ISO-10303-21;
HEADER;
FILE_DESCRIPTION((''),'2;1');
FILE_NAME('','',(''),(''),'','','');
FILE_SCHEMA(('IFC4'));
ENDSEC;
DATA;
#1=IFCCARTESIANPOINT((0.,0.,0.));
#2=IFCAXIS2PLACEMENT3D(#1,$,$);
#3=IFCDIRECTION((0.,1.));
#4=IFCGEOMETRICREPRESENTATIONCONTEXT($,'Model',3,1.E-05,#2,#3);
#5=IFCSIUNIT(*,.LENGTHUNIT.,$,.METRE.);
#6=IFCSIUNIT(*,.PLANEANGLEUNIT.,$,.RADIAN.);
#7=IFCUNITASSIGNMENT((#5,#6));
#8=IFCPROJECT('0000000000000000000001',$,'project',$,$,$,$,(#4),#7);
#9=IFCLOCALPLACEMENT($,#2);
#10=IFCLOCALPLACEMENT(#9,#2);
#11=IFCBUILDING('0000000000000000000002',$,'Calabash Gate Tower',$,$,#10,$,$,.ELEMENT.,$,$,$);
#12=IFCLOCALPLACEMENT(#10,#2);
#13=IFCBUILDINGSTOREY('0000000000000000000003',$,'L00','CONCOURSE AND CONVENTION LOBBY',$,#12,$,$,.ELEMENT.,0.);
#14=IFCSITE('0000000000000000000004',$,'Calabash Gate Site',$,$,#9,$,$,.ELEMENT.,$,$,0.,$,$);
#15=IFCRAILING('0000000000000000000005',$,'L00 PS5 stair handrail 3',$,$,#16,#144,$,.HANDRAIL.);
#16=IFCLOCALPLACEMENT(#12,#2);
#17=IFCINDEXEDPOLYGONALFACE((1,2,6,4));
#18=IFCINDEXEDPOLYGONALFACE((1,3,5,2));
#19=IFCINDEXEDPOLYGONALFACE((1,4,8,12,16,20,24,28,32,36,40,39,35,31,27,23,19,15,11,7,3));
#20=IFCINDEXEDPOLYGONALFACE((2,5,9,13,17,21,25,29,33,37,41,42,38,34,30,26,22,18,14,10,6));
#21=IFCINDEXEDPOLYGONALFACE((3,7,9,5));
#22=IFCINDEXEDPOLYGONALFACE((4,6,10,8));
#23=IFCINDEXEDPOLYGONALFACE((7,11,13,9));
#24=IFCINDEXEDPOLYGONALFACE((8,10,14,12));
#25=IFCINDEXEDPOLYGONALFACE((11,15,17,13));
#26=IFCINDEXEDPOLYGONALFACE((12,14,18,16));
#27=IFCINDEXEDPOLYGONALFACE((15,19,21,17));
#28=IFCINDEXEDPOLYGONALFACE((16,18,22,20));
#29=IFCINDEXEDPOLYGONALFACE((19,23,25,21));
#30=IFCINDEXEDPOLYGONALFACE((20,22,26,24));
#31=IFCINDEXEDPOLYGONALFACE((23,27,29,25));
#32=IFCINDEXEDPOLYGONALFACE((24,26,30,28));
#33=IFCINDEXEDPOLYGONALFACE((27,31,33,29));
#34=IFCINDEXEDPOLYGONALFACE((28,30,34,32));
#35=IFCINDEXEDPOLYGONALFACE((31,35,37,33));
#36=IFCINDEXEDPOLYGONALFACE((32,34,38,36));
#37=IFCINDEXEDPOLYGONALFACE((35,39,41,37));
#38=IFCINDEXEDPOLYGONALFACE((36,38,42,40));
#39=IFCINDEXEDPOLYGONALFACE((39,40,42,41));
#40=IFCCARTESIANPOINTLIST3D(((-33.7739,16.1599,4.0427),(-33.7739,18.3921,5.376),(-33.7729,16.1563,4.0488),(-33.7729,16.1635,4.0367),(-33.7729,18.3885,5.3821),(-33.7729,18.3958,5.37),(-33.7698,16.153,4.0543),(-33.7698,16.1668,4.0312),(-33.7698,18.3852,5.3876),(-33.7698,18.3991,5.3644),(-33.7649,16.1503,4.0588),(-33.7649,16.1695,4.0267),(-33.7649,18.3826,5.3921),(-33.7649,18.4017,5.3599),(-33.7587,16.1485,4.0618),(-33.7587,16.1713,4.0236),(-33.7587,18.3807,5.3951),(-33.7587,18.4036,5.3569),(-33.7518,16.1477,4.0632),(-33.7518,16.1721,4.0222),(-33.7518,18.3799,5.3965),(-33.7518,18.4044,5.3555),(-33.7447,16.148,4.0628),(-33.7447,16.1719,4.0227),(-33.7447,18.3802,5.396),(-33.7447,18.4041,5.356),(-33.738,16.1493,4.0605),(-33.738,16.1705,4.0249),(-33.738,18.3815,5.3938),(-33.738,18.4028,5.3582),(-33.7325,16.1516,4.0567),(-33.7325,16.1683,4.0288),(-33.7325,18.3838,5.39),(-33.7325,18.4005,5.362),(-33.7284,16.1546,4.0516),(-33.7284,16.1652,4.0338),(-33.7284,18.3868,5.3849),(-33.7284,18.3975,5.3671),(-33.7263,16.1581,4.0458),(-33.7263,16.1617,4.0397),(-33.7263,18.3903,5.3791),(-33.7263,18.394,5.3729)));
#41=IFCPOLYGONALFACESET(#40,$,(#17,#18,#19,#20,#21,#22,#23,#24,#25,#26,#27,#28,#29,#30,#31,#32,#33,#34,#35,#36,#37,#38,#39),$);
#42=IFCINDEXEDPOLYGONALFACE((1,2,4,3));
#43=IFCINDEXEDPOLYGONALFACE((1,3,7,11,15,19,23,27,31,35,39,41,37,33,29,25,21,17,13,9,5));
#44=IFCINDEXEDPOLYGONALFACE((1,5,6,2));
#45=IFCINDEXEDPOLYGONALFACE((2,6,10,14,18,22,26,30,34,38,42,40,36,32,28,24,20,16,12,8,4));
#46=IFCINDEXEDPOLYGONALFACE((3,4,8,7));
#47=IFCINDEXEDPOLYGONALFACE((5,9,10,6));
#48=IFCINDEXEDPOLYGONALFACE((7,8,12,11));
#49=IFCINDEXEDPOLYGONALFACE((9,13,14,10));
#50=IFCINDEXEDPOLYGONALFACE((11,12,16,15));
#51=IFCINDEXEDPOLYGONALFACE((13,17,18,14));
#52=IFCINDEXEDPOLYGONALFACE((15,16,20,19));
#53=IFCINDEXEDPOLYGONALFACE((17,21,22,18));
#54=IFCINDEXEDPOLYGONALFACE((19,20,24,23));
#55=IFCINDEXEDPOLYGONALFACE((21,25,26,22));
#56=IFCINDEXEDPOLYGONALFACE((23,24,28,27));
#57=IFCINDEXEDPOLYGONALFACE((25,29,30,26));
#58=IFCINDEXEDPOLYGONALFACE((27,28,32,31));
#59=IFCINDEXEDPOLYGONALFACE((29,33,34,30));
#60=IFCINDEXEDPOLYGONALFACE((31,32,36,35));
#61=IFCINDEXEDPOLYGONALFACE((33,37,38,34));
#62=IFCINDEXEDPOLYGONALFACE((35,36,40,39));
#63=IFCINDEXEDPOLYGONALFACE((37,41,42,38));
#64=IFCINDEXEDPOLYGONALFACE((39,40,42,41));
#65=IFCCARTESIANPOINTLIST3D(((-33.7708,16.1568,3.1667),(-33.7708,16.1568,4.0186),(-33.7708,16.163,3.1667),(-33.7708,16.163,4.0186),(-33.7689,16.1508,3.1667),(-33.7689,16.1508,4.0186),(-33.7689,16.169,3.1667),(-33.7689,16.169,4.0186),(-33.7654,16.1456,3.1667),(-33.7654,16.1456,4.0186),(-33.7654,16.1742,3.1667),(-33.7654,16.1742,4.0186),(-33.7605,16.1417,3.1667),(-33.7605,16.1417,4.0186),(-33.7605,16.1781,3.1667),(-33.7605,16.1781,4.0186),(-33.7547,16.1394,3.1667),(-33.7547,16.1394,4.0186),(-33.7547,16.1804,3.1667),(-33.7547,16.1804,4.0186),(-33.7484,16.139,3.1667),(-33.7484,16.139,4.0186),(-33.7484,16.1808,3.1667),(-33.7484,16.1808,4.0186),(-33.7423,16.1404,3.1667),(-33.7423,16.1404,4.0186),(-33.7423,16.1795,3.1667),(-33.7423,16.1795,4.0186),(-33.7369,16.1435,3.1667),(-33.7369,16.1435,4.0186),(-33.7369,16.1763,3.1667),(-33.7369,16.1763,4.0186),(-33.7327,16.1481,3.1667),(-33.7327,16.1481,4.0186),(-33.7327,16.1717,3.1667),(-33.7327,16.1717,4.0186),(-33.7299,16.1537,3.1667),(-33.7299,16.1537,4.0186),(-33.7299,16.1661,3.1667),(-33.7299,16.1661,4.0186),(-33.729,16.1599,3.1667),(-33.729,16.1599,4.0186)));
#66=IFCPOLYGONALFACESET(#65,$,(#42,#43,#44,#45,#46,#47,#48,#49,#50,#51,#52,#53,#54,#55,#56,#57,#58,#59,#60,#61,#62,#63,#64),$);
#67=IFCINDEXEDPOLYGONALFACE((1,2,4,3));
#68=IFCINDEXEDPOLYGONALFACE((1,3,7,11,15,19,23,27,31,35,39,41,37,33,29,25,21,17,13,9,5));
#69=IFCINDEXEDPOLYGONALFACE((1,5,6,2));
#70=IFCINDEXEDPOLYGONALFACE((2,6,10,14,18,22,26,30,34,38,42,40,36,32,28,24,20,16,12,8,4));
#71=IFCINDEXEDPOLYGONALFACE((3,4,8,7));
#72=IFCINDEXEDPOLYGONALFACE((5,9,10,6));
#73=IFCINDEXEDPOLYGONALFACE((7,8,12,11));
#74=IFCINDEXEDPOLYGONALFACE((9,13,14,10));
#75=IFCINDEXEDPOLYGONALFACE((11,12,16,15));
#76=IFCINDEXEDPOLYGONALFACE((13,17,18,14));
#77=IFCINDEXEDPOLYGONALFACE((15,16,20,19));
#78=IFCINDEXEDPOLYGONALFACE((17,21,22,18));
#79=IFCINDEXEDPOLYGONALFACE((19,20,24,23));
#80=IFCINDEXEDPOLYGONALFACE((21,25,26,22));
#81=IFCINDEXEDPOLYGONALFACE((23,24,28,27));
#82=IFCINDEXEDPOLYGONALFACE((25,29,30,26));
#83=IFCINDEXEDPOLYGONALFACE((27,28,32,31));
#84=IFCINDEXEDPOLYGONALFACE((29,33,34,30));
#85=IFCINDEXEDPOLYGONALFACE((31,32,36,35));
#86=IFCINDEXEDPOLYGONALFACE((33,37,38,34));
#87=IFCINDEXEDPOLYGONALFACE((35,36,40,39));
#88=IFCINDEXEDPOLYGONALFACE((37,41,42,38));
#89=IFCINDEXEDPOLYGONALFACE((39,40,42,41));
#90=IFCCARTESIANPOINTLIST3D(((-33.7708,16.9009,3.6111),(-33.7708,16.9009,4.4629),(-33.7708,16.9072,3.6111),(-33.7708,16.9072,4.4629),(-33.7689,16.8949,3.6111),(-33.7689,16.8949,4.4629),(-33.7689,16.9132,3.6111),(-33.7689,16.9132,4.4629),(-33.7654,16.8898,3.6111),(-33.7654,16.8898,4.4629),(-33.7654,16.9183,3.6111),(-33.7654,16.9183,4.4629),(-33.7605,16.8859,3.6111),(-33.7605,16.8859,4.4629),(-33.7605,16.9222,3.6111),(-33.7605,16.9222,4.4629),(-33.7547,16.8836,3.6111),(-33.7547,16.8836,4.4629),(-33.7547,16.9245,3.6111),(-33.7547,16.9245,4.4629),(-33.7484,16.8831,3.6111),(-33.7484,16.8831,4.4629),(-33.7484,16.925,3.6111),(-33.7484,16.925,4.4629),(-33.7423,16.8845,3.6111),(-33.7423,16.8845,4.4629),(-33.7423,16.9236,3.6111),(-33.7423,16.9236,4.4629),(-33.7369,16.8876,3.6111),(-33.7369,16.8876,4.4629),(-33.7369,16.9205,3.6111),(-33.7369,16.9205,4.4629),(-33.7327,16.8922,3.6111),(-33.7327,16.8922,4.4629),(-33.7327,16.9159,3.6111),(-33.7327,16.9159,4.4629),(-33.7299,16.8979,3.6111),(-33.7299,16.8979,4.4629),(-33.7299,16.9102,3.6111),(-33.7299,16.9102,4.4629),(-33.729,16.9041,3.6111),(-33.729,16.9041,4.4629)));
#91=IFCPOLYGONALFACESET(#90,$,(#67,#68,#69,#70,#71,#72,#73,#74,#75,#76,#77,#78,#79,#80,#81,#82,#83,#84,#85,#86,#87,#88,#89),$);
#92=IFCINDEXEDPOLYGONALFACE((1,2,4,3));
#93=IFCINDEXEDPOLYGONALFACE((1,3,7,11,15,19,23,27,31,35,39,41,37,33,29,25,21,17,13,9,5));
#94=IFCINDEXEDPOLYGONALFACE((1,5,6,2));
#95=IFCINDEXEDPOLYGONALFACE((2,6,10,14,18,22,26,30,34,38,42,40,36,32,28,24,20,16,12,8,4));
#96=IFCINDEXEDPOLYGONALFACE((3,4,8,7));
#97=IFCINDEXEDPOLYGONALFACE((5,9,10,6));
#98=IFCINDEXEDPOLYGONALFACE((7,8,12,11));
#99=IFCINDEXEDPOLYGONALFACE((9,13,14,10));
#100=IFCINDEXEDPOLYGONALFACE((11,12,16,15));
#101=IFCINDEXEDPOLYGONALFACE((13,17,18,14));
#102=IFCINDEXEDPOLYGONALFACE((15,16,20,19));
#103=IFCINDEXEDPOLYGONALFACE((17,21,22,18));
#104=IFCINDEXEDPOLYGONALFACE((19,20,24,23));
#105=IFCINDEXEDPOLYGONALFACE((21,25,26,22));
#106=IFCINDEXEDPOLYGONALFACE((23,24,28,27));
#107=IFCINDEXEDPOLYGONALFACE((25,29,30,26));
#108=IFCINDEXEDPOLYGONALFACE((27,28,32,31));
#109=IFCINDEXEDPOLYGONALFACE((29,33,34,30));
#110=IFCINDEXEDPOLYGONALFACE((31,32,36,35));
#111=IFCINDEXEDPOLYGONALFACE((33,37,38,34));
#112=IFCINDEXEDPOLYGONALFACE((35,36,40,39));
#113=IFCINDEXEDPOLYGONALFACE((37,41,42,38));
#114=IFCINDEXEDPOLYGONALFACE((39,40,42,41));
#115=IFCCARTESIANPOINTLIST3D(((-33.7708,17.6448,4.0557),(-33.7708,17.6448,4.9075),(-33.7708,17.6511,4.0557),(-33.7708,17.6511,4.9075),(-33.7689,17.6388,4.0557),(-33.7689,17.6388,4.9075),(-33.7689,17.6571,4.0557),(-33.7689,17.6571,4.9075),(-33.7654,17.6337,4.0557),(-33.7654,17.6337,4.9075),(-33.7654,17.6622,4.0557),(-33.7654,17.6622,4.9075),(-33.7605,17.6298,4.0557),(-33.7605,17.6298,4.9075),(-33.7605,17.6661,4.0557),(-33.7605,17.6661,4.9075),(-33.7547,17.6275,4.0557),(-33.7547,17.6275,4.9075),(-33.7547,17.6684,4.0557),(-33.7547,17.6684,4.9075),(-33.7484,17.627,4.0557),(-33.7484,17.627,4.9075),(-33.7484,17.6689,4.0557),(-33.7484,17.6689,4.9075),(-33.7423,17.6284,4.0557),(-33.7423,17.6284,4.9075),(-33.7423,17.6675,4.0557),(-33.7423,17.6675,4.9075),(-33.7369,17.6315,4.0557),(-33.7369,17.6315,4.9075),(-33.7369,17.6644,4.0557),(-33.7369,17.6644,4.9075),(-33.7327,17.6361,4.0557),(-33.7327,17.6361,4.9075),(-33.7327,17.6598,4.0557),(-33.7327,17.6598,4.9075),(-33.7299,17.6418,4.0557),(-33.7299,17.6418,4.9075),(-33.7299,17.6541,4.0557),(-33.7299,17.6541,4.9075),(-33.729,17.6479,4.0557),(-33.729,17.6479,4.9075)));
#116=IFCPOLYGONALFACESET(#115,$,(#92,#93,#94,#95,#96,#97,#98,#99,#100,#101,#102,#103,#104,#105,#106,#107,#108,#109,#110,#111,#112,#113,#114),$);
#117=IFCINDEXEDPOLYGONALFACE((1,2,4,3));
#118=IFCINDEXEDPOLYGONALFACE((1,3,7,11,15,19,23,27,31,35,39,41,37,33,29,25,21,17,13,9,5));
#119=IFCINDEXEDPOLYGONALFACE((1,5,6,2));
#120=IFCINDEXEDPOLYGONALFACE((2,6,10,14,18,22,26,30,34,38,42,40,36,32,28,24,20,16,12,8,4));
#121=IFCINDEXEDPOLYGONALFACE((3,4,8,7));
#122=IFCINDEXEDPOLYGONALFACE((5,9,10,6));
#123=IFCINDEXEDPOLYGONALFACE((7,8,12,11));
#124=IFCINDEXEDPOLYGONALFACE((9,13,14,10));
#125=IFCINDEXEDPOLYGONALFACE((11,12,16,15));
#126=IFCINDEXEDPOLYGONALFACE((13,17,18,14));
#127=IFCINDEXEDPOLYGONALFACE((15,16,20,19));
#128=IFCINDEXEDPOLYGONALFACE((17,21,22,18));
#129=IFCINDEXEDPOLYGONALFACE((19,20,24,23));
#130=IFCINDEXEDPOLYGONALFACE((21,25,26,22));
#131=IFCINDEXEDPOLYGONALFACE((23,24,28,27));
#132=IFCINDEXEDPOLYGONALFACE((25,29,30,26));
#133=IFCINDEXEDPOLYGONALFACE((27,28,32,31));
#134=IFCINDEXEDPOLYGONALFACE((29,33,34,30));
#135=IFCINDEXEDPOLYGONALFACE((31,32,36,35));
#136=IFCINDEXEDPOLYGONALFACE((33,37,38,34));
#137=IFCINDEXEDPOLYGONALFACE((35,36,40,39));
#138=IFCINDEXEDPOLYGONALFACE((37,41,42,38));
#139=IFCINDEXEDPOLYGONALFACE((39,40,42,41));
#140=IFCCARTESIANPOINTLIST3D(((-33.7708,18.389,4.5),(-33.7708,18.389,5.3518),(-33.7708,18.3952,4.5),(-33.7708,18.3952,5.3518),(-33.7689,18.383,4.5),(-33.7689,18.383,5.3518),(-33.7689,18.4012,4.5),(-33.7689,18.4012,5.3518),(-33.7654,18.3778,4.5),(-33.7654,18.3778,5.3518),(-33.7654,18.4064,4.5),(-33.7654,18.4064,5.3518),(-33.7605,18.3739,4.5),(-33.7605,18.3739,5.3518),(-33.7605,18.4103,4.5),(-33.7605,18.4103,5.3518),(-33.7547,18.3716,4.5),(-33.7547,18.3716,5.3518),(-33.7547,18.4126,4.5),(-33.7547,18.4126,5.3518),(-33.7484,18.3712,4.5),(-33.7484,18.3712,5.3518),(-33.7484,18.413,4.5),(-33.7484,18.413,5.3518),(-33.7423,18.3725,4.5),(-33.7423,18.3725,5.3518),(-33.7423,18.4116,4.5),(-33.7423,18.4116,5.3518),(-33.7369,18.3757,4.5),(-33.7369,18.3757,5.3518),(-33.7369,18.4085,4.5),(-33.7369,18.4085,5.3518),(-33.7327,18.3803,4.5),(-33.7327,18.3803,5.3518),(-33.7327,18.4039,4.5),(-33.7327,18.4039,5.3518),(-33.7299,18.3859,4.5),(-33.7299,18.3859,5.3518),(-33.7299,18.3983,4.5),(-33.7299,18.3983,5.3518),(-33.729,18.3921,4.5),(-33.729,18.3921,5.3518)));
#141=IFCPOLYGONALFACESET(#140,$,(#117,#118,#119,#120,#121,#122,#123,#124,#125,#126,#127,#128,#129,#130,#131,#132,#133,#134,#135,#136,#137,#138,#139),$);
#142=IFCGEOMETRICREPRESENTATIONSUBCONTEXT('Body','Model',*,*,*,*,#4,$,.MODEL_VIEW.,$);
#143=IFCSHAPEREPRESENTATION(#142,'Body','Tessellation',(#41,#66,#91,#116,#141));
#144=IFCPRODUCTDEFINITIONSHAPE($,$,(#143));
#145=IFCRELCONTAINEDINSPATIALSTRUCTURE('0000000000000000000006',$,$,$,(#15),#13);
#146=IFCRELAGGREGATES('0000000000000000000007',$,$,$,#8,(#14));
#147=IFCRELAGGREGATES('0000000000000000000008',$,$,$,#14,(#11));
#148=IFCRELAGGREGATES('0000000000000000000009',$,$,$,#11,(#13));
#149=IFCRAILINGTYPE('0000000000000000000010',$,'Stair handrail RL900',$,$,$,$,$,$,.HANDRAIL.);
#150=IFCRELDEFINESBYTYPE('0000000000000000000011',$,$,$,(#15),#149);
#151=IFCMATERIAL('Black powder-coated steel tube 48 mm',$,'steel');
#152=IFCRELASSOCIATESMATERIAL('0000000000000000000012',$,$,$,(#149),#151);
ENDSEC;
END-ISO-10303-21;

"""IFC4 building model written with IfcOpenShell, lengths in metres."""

from ifc_helpers import new_model, si_unit, direction, frame, origin, origin_2d, place, context, subcontext, project, spatial, circle, extrude, material, type_object, element, save


model = new_model("IFC4")

# Units and contexts
model_context = context("Model", 3, precision=1e-05, world=origin(), true_north=direction((0.0, 1.0)))
body_context = subcontext(model_context, "Body", "Model", "MODEL_VIEW")
ifc_project = project(units=[si_unit("LENGTHUNIT", "METRE"), si_unit("PLANEANGLEUNIT", "RADIAN")], contexts=[model_context])

# Site, building, storey
site_placement = place(None, origin())
site = spatial("IfcSite", under=ifc_project, at=site_placement, Name="Calabash Gate Site", CompositionType="ELEMENT", RefElevation=0.0)
building_placement = place(site_placement, origin())
building = spatial("IfcBuilding", under=site, at=building_placement, Name="Calabash Gate Tower", CompositionType="ELEMENT")
storey_placement = place(building_placement, origin())
storey = spatial("IfcBuildingStorey", under=building, at=storey_placement, Name="L00", Description="CONCOURSE AND CONVENTION LOBBY", CompositionType="ELEMENT", Elevation=0.0)

# Railing
ifc_material_1 = material(Name="Black powder-coated steel tube 48 mm", Category="steel")
railing_type = type_object("IfcRailingType", Name="Stair handrail RL900", PredefinedType="HANDRAIL", material=ifc_material_1)
for number, where, name in (
    (1, (-33.75, 16.1599, 3.1667), "L00 PS5 stair handrail 3"),
):
    element("IfcRailing", number, at=place(storey_placement, frame(where)), inside=storey, type_object=railing_type, Name=name, PredefinedType="HANDRAIL", context=body_context, shape_type="SweptSolid", body=[
        extrude(circle(Radius=0.0239, at=origin_2d()), frame((0.0, 0.0, 0.876), z_axis=(0.0, 0.858519, 0.512782), x_axis=(-1.0, 0.0, 0.0)), (0.0, 0.0, 1.0), 2.6001),
        extrude(circle(Radius=0.021, at=origin_2d()), origin(), (0.0, 0.0, 1.0), 0.8518),
        extrude(circle(Radius=0.021, at=origin_2d()), frame((0.0, 0.7441, 0.4443)), (0.0, 0.0, 1.0), 0.8518),
        extrude(circle(Radius=0.021, at=origin_2d()), frame((0.0, 1.488, 0.8889)), (0.0, 0.0, 1.0), 0.8518),
        extrude(circle(Radius=0.021, at=origin_2d()), frame((0.0, 2.2322, 1.3333)), (0.0, 0.0, 1.0), 0.8518),
    ])

save(model, "model.ifc")
